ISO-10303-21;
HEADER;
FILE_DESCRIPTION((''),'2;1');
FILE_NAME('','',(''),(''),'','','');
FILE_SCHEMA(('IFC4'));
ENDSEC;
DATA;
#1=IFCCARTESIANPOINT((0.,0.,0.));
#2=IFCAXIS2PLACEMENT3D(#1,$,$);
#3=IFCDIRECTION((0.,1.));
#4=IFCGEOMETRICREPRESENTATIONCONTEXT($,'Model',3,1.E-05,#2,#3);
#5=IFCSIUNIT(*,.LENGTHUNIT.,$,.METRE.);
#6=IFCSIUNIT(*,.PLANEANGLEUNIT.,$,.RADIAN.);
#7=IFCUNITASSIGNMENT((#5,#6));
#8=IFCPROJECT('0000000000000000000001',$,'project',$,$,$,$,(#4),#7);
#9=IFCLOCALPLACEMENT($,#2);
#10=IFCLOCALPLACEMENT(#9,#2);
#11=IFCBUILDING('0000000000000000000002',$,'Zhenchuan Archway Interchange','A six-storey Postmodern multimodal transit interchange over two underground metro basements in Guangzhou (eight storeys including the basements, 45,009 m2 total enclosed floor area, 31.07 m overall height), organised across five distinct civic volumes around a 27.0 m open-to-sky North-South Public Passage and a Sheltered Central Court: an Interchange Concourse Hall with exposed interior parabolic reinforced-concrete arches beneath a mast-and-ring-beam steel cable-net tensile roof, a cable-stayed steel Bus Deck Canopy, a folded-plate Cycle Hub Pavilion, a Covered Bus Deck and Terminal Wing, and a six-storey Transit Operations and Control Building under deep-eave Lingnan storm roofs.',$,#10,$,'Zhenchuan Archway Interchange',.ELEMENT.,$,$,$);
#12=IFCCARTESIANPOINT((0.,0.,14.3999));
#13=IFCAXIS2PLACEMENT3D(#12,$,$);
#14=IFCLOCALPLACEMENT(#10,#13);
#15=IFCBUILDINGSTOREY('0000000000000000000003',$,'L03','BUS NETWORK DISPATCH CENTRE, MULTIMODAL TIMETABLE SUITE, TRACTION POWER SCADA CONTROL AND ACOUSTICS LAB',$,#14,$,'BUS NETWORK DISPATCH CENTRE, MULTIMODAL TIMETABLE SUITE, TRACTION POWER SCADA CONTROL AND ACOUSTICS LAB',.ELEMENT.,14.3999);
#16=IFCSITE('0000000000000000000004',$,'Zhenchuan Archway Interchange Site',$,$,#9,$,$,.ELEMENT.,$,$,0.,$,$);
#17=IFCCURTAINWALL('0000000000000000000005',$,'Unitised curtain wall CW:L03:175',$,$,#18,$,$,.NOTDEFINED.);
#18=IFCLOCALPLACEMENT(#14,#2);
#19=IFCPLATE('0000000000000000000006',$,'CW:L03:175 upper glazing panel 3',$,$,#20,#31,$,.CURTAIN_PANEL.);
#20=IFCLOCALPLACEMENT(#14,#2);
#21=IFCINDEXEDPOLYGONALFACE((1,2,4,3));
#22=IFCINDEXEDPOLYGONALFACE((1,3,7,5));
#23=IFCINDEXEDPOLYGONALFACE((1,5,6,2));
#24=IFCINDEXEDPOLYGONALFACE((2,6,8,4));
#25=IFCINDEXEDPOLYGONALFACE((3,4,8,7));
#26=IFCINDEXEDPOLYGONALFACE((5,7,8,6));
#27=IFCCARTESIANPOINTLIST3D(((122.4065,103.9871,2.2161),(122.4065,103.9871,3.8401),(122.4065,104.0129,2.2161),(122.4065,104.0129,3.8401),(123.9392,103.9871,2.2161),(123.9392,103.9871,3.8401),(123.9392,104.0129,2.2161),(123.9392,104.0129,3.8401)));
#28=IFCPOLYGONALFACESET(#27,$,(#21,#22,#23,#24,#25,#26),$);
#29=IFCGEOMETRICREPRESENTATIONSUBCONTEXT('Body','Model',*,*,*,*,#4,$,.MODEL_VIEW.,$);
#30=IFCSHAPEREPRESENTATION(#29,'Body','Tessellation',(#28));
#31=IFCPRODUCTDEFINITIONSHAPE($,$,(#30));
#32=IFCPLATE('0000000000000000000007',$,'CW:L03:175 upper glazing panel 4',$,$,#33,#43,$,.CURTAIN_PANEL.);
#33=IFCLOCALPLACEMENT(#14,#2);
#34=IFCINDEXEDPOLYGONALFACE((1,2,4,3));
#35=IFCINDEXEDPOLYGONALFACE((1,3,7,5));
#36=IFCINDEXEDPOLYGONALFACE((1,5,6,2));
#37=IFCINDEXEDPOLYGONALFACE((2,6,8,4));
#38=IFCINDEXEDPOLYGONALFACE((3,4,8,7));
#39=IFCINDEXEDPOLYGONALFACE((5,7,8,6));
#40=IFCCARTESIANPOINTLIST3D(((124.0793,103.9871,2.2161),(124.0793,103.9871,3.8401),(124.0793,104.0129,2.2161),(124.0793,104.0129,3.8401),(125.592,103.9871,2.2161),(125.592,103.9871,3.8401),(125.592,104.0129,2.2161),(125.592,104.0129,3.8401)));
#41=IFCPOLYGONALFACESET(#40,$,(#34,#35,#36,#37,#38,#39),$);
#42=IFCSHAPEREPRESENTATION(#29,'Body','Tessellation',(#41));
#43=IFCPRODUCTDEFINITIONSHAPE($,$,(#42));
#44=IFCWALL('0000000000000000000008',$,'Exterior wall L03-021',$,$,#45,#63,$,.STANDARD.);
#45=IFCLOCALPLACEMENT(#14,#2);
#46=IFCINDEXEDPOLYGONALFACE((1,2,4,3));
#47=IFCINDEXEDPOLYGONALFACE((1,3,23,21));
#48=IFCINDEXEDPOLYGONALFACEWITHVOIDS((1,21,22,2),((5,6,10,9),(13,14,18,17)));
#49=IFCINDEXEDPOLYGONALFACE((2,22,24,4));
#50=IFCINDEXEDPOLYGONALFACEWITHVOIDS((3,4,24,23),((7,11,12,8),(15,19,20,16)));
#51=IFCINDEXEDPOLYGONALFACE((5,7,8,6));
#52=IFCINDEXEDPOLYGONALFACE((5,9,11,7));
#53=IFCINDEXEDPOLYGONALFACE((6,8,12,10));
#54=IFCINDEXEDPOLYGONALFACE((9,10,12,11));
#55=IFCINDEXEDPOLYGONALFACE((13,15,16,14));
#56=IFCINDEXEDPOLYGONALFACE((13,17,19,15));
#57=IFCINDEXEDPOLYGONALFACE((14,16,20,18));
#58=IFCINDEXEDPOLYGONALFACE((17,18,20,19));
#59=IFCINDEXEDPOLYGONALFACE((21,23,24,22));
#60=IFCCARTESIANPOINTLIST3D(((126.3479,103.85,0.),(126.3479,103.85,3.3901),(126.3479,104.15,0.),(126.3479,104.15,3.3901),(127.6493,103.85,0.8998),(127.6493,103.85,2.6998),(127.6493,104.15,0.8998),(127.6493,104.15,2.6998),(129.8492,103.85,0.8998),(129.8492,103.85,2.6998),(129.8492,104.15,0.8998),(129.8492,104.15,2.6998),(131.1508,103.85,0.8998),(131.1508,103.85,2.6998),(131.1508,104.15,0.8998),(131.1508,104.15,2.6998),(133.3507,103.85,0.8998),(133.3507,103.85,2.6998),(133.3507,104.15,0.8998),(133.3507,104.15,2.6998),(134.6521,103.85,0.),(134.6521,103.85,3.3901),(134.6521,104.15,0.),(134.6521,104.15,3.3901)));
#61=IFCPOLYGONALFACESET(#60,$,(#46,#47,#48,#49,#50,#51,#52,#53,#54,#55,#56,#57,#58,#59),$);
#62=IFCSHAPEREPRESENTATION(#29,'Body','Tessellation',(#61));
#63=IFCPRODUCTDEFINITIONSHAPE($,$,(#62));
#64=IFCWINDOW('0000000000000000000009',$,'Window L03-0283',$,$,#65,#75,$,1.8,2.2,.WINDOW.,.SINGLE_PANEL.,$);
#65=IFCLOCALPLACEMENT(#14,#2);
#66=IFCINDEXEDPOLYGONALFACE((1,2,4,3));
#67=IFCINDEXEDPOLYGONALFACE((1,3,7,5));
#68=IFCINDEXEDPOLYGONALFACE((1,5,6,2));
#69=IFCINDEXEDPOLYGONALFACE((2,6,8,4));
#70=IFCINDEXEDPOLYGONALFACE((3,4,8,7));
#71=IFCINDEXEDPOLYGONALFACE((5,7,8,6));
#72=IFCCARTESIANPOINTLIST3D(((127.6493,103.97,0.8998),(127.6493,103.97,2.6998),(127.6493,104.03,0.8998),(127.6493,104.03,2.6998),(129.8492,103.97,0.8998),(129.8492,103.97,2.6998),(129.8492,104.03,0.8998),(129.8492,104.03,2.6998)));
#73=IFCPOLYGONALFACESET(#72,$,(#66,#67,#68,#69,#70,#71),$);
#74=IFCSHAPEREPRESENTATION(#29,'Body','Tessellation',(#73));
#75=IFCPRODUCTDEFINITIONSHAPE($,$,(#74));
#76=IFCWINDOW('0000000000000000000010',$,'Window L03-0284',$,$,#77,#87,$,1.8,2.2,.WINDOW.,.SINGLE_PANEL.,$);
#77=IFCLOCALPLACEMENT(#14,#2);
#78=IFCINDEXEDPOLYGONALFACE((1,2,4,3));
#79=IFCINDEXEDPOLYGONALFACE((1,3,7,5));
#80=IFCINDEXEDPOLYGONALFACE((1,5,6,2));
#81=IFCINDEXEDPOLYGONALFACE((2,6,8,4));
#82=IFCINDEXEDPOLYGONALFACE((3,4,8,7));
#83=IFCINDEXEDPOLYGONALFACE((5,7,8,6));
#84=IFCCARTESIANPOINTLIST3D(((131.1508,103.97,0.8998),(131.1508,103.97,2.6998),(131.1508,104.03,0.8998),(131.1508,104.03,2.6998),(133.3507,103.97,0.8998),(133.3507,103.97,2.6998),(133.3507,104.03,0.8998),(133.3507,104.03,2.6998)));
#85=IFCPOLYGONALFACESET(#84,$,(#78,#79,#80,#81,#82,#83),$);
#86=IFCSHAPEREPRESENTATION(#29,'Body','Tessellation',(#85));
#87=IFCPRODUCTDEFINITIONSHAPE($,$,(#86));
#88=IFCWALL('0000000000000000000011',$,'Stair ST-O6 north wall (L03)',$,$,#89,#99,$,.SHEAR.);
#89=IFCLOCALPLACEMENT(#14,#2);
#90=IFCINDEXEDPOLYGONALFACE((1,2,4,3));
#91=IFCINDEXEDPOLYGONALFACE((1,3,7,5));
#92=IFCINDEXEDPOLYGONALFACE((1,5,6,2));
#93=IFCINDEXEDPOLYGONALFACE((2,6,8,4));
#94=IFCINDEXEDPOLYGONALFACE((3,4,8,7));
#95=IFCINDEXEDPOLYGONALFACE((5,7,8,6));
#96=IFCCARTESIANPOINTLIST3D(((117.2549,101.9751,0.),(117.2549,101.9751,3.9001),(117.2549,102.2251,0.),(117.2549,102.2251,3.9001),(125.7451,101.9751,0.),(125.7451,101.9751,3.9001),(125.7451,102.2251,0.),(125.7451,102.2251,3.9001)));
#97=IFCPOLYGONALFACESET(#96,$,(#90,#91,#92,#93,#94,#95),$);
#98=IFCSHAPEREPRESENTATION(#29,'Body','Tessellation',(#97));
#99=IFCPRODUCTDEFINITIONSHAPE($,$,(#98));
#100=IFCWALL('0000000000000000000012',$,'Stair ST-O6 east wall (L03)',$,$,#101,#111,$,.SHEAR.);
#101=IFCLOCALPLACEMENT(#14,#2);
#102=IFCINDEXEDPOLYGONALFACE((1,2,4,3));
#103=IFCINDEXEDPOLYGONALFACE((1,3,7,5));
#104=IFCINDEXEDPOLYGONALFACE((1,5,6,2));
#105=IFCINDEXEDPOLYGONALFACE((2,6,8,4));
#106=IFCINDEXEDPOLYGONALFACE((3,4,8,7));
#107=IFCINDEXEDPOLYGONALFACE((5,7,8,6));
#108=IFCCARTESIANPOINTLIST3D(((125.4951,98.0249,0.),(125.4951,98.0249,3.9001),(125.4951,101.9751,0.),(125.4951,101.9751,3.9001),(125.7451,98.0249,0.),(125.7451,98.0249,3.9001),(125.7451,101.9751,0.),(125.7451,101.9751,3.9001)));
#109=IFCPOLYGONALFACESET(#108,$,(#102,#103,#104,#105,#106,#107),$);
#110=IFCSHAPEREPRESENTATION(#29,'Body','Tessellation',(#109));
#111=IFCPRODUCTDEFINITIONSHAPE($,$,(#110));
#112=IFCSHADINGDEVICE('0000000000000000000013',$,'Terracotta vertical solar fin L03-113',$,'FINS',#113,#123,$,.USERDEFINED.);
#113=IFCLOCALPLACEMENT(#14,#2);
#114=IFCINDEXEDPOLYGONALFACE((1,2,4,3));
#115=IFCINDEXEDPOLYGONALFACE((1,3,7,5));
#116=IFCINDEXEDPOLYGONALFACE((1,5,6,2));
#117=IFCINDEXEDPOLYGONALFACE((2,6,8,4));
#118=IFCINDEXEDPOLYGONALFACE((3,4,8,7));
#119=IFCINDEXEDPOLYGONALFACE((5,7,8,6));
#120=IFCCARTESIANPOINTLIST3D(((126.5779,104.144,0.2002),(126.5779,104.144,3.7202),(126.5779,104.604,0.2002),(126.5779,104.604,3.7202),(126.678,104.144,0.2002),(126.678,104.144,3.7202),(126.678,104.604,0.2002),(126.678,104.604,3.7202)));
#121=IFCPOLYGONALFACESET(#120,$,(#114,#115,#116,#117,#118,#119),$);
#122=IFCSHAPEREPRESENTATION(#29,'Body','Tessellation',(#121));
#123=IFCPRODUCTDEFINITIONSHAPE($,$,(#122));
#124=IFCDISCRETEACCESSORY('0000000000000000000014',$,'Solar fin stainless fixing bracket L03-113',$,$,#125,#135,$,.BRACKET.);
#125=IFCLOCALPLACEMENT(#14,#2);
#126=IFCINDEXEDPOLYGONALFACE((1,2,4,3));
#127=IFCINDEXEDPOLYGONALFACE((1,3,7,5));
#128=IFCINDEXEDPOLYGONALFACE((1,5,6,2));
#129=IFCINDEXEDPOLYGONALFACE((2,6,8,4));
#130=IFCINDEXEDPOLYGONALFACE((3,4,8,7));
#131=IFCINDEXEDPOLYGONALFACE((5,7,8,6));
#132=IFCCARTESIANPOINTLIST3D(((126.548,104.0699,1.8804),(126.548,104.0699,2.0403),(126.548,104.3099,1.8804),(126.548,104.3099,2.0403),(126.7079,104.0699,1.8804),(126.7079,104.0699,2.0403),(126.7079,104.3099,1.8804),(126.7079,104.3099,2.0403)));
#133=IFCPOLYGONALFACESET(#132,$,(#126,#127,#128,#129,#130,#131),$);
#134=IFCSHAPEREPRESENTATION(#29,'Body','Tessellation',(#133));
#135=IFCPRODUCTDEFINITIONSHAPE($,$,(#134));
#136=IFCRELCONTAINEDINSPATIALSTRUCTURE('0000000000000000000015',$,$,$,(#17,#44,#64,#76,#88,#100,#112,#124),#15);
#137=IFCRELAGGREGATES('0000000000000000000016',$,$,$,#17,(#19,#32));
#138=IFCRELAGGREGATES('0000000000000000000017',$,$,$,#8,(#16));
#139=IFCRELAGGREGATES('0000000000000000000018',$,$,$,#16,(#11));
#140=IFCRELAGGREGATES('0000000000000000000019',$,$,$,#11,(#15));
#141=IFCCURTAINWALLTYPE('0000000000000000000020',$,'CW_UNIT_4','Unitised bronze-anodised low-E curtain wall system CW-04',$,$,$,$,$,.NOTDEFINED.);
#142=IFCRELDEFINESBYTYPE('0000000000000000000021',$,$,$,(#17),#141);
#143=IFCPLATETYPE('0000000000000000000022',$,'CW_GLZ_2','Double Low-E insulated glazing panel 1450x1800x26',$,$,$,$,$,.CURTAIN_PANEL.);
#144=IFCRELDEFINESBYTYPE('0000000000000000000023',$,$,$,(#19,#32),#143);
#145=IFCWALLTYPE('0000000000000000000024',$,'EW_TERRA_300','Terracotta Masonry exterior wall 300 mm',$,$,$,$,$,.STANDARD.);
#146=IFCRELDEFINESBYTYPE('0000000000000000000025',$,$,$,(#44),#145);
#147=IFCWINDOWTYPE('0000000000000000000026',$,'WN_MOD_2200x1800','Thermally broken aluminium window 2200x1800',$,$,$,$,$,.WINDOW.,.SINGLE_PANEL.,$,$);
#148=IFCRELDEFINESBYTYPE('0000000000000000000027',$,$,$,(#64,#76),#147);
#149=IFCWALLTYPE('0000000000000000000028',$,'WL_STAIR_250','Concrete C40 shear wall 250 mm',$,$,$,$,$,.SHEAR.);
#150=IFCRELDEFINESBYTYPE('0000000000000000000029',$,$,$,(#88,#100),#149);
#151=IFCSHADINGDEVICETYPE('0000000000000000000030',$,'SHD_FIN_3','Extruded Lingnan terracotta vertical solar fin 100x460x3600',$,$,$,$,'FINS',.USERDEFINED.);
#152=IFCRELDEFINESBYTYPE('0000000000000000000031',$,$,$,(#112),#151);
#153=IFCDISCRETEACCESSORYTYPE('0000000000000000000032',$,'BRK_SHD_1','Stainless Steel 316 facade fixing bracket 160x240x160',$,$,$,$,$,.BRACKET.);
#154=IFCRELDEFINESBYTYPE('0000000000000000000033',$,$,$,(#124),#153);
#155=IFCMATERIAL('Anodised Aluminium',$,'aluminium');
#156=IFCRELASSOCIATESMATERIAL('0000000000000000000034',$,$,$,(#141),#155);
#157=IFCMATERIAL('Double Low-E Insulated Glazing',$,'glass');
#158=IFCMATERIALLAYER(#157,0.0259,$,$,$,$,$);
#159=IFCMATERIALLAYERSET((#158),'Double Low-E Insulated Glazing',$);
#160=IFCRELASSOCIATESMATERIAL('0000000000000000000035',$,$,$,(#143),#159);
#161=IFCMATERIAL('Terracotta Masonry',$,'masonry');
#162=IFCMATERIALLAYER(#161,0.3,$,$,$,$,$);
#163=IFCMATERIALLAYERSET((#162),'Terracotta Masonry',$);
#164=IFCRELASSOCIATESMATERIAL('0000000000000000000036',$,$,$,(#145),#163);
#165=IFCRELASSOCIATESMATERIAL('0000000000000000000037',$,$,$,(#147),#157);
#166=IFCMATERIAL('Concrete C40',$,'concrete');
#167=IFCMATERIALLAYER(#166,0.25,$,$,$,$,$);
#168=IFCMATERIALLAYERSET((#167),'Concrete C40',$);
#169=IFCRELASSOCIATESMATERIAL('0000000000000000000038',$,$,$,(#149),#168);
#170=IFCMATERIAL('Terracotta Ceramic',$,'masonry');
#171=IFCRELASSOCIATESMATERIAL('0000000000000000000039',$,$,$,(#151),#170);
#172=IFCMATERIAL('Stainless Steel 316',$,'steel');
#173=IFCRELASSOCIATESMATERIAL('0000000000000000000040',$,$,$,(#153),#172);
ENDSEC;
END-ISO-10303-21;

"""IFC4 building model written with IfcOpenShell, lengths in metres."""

from ifc_helpers import new_model, si_unit, direction, frame, frame_2d, origin, origin_2d, place, context, subcontext, project, spatial, rectangle, extrude, material, layer, layer_set, type_object, element, fill, aggregate, save


model = new_model("IFC4")

# Units and contexts
model_context = context("Model", 3, precision=1e-05, world=origin(), true_north=direction((0.0, 1.0)))
body_context = subcontext(model_context, "Body", "Model", "MODEL_VIEW")
ifc_project = project(units=[si_unit("LENGTHUNIT", "METRE"), si_unit("PLANEANGLEUNIT", "RADIAN")], contexts=[model_context])

# Site, building, storey
site_placement = place(None, origin())
site = spatial("IfcSite", under=ifc_project, at=site_placement, Name="Zhenchuan Archway Interchange Site", CompositionType="ELEMENT", RefElevation=0.0)
building_placement = place(site_placement, origin())
building = spatial("IfcBuilding", under=site, at=building_placement, Name="Zhenchuan Archway Interchange", Description="A six-storey Postmodern multimodal transit interchange over two underground metro basements in Guangzhou (eight storeys including the basements, 45,009 m2 total enclosed floor area, 31.07 m overall height), organised across five distinct civic volumes around a 27.0 m open-to-sky North-South Public Passage and a Sheltered Central Court: an Interchange Concourse Hall with exposed interior parabolic reinforced-concrete arches beneath a mast-and-ring-beam steel cable-net tensile roof, a cable-stayed steel Bus Deck Canopy, a folded-plate Cycle Hub Pavilion, a Covered Bus Deck and Terminal Wing, and a six-storey Transit Operations and Control Building under deep-eave Lingnan storm roofs.", LongName="Zhenchuan Archway Interchange", CompositionType="ELEMENT")
storey_placement = place(building_placement, frame((0.0, 0.0, 14.3999)))
storey = spatial("IfcBuildingStorey", under=building, at=storey_placement, Name="L03", Description="BUS NETWORK DISPATCH CENTRE, MULTIMODAL TIMETABLE SUITE, TRACTION POWER SCADA CONTROL AND ACOUSTICS LAB", LongName="BUS NETWORK DISPATCH CENTRE, MULTIMODAL TIMETABLE SUITE, TRACTION POWER SCADA CONTROL AND ACOUSTICS LAB", CompositionType="ELEMENT", Elevation=14.3999)

# Shared definitions
ifc_material_1 = material(Name="Concrete C40", Category="concrete")

# Curtain wall
ifc_material_2 = material(Name="Anodised Aluminium", Category="aluminium")
curtain_wall_type_1 = type_object("IfcCurtainWallType", Name="CW_UNIT_4", Description="Unitised bronze-anodised low-E curtain wall system CW-04", PredefinedType="NOTDEFINED", material=ifc_material_2)
curtain_wall_1_placement = place(storey_placement, origin())
curtain_wall_1 = element("IfcCurtainWall", 1, at=curtain_wall_1_placement, inside=storey, type_object=curtain_wall_type_1, Name="Unitised curtain wall CW:L03:175", PredefinedType="NOTDEFINED")

# Plates
ifc_material_3 = material(Name="Double Low-E Insulated Glazing", Category="glass")
ifc_layer_1 = layer(ifc_material_3, 0.0259)
ifc_layer_set_1 = layer_set([ifc_layer_1], Name="Double Low-E Insulated Glazing")
plate_type_1 = type_object("IfcPlateType", Name="CW_GLZ_2", Description="Double Low-E insulated glazing panel 1450x1800x26", PredefinedType="CURTAIN_PANEL", material=ifc_layer_set_1)
plate_1_placement = place(storey_placement, frame((123.1729, 104.0, 2.2161), z_axis=(0.0, 0.0, 1.0), x_axis=(1.0, 0.0, 0.0)))
plate_1 = element("IfcPlate", 2, at=plate_1_placement, type_object=plate_type_1, Name="CW:L03:175 upper glazing panel 3", PredefinedType="CURTAIN_PANEL", context=body_context, shape_type="SweptSolid", body=[
    extrude(rectangle(XDim=1.5327, YDim=0.0259, at=origin_2d()), origin(), (0.0, 0.0, 1.0), 1.624),
])
plate_2_placement = place(storey_placement, frame((124.8357, 104.0, 2.2161), z_axis=(0.0, 0.0, 1.0), x_axis=(1.0, 0.0, 0.0)))
plate_2 = element("IfcPlate", 3, at=plate_2_placement, type_object=plate_type_1, Name="CW:L03:175 upper glazing panel 4", PredefinedType="CURTAIN_PANEL", context=body_context, shape_type="SweptSolid", body=[
    extrude(rectangle(XDim=1.5127, YDim=0.0259, at=origin_2d()), origin(), (0.0, 0.0, 1.0), 1.624),
])
aggregate(curtain_wall_1, [plate_1, plate_2])

# Wall, openings, windows
ifc_material_4 = material(Name="Terracotta Masonry", Category="masonry")
ifc_layer_2 = layer(ifc_material_4, 0.3)
ifc_layer_set_2 = layer_set([ifc_layer_2], Name="Terracotta Masonry")
wall_type_1 = type_object("IfcWallType", Name="EW_TERRA_300", Description="Terracotta Masonry exterior wall 300 mm", PredefinedType="STANDARD", material=ifc_layer_set_2)
wall_1_placement = place(storey_placement, frame((126.3479, 104.0, 0.0), z_axis=(0.0, 0.0, 1.0), x_axis=(1.0, 0.0, 0.0)))
wall_1 = element("IfcWall", 4, at=wall_1_placement, inside=storey, type_object=wall_type_1, Name="Exterior wall L03-021", PredefinedType="STANDARD", context=body_context, shape_type="SweptSolid", body=[
    extrude(rectangle(XDim=8.3042, YDim=0.3, at=frame_2d((4.1521, 0.0))), origin(), (0.0, 0.0, 1.0), 3.3901),
])
opening_1_placement = place(wall_1_placement, frame((1.3013, 0.0, 0.8999)))
opening_1 = element("IfcOpeningElement", 5, at=opening_1_placement, cuts=wall_1, PredefinedType="OPENING", context=body_context, shape_type="SweptSolid", body=[
    extrude(rectangle(XDim=2.2, YDim=1.8, at=frame_2d((1.1001, 0.8999))), frame((0.0, 0.1621, 0.0), z_axis=(0.0, -1.0, 0.0), x_axis=(1.0, 0.0, 0.0)), (0.0, 0.0, 1.0), 0.324),
])
opening_2_placement = place(wall_1_placement, frame((4.8027, 0.0, 0.8999)))
opening_2 = element("IfcOpeningElement", 6, at=opening_2_placement, cuts=wall_1, PredefinedType="OPENING", context=body_context, shape_type="SweptSolid", body=[
    extrude(rectangle(XDim=2.2, YDim=1.8, at=frame_2d((1.1001, 0.8999))), frame((0.0, 0.1621, 0.0), z_axis=(0.0, -1.0, 0.0), x_axis=(1.0, 0.0, 0.0)), (0.0, 0.0, 1.0), 0.324),
])
window_type = type_object("IfcWindowType", Name="WN_MOD_2200x1800", Description="Thermally broken aluminium window 2200x1800", PartitioningType="SINGLE_PANEL", PredefinedType="WINDOW", material=ifc_material_3)
window_1_placement = place(opening_1_placement, origin())
window_1 = element("IfcWindow", 7, at=window_1_placement, inside=storey, type_object=window_type, Name="Window L03-0283", OverallHeight=1.8, OverallWidth=2.2, PartitioningType="SINGLE_PANEL", PredefinedType="WINDOW", context=body_context, shape_type="SweptSolid", body=[
    extrude(rectangle(XDim=2.2, YDim=1.8, at=frame_2d((1.1001, 0.8999))), frame((0.0, 0.03, 0.0), z_axis=(0.0, -1.0, 0.0), x_axis=(1.0, 0.0, 0.0)), (0.0, 0.0, 1.0), 0.0601),
])
fill(opening_1, window_1)
window_2_placement = place(opening_2_placement, origin())
window_2 = element("IfcWindow", 8, at=window_2_placement, inside=storey, type_object=window_type, Name="Window L03-0284", OverallHeight=1.8, OverallWidth=2.2, PartitioningType="SINGLE_PANEL", PredefinedType="WINDOW", context=body_context, shape_type="SweptSolid", body=[
    extrude(rectangle(XDim=2.2, YDim=1.8, at=frame_2d((1.1001, 0.8999))), frame((0.0, 0.03, 0.0), z_axis=(0.0, -1.0, 0.0), x_axis=(1.0, 0.0, 0.0)), (0.0, 0.0, 1.0), 0.0601),
])
fill(opening_2, window_2)

# Walls
ifc_layer_3 = layer(ifc_material_1, 0.25)
ifc_layer_set_3 = layer_set([ifc_layer_3], Name="Concrete C40")
wall_type_2 = type_object("IfcWallType", Name="WL_STAIR_250", Description="Concrete C40 shear wall 250 mm", PredefinedType="SHEAR", material=ifc_layer_set_3)
wall_2_placement = place(storey_placement, frame((125.7451, 102.1001, 0.0), z_axis=(0.0, 0.0, 1.0), x_axis=(-1.0, 0.0, 0.0)))
element("IfcWall", 9, at=wall_2_placement, inside=storey, type_object=wall_type_2, Name="Stair ST-O6 north wall (L03)", PredefinedType="SHEAR", context=body_context, shape_type="SweptSolid", body=[
    extrude(rectangle(XDim=8.4902, YDim=0.25, at=frame_2d((4.2451, 0.0))), origin(), (0.0, 0.0, 1.0), 3.9001),
])
wall_3_placement = place(storey_placement, frame((125.6201, 98.0249, 0.0), z_axis=(0.0, 0.0, 1.0), x_axis=(0.0, 1.0, 0.0)))
element("IfcWall", 10, at=wall_3_placement, inside=storey, type_object=wall_type_2, Name="Stair ST-O6 east wall (L03)", PredefinedType="SHEAR", context=body_context, shape_type="SweptSolid", body=[
    extrude(rectangle(XDim=3.9502, YDim=0.25, at=frame_2d((1.9751, 0.0))), origin(), (0.0, 0.0, 1.0), 3.9001),
])

# Shading device
ifc_material_5 = material(Name="Terracotta Ceramic", Category="masonry")
shading_device_type = type_object("IfcShadingDeviceType", Name="SHD_FIN_3", Description="Extruded Lingnan terracotta vertical solar fin 100x460x3600", ElementType="FINS", PredefinedType="USERDEFINED", material=ifc_material_5)
shading_device_placement = place(storey_placement, frame((126.6279, 104.374, 0.2002), z_axis=(0.0, 0.0, 1.0), x_axis=(1.0, 0.0, 0.0)))
element("IfcShadingDevice", 11, at=shading_device_placement, inside=storey, type_object=shading_device_type, Name="Terracotta vertical solar fin L03-113", ObjectType="FINS", PredefinedType="USERDEFINED", context=body_context, shape_type="SweptSolid", body=[
    extrude(rectangle(XDim=0.1001, YDim=0.46, at=origin_2d()), origin(), (0.0, 0.0, 1.0), 3.52),
])

# Discrete accessory
ifc_material_6 = material(Name="Stainless Steel 316", Category="steel")
discrete_accessory_type = type_object("IfcDiscreteAccessoryType", Name="BRK_SHD_1", Description="Stainless Steel 316 facade fixing bracket 160x240x160", PredefinedType="BRACKET", material=ifc_material_6)
discrete_accessory_placement = place(storey_placement, frame((126.6279, 104.1899, 1.8804), z_axis=(0.0, 0.0, 1.0), x_axis=(1.0, 0.0, 0.0)))
element("IfcDiscreteAccessory", 12, at=discrete_accessory_placement, inside=storey, type_object=discrete_accessory_type, Name="Solar fin stainless fixing bracket L03-113", PredefinedType="BRACKET", context=body_context, shape_type="SweptSolid", body=[
    extrude(rectangle(XDim=0.1599, YDim=0.24, at=origin_2d()), origin(), (0.0, 0.0, 1.0), 0.1599),
])

save(model, "model.ifc")
